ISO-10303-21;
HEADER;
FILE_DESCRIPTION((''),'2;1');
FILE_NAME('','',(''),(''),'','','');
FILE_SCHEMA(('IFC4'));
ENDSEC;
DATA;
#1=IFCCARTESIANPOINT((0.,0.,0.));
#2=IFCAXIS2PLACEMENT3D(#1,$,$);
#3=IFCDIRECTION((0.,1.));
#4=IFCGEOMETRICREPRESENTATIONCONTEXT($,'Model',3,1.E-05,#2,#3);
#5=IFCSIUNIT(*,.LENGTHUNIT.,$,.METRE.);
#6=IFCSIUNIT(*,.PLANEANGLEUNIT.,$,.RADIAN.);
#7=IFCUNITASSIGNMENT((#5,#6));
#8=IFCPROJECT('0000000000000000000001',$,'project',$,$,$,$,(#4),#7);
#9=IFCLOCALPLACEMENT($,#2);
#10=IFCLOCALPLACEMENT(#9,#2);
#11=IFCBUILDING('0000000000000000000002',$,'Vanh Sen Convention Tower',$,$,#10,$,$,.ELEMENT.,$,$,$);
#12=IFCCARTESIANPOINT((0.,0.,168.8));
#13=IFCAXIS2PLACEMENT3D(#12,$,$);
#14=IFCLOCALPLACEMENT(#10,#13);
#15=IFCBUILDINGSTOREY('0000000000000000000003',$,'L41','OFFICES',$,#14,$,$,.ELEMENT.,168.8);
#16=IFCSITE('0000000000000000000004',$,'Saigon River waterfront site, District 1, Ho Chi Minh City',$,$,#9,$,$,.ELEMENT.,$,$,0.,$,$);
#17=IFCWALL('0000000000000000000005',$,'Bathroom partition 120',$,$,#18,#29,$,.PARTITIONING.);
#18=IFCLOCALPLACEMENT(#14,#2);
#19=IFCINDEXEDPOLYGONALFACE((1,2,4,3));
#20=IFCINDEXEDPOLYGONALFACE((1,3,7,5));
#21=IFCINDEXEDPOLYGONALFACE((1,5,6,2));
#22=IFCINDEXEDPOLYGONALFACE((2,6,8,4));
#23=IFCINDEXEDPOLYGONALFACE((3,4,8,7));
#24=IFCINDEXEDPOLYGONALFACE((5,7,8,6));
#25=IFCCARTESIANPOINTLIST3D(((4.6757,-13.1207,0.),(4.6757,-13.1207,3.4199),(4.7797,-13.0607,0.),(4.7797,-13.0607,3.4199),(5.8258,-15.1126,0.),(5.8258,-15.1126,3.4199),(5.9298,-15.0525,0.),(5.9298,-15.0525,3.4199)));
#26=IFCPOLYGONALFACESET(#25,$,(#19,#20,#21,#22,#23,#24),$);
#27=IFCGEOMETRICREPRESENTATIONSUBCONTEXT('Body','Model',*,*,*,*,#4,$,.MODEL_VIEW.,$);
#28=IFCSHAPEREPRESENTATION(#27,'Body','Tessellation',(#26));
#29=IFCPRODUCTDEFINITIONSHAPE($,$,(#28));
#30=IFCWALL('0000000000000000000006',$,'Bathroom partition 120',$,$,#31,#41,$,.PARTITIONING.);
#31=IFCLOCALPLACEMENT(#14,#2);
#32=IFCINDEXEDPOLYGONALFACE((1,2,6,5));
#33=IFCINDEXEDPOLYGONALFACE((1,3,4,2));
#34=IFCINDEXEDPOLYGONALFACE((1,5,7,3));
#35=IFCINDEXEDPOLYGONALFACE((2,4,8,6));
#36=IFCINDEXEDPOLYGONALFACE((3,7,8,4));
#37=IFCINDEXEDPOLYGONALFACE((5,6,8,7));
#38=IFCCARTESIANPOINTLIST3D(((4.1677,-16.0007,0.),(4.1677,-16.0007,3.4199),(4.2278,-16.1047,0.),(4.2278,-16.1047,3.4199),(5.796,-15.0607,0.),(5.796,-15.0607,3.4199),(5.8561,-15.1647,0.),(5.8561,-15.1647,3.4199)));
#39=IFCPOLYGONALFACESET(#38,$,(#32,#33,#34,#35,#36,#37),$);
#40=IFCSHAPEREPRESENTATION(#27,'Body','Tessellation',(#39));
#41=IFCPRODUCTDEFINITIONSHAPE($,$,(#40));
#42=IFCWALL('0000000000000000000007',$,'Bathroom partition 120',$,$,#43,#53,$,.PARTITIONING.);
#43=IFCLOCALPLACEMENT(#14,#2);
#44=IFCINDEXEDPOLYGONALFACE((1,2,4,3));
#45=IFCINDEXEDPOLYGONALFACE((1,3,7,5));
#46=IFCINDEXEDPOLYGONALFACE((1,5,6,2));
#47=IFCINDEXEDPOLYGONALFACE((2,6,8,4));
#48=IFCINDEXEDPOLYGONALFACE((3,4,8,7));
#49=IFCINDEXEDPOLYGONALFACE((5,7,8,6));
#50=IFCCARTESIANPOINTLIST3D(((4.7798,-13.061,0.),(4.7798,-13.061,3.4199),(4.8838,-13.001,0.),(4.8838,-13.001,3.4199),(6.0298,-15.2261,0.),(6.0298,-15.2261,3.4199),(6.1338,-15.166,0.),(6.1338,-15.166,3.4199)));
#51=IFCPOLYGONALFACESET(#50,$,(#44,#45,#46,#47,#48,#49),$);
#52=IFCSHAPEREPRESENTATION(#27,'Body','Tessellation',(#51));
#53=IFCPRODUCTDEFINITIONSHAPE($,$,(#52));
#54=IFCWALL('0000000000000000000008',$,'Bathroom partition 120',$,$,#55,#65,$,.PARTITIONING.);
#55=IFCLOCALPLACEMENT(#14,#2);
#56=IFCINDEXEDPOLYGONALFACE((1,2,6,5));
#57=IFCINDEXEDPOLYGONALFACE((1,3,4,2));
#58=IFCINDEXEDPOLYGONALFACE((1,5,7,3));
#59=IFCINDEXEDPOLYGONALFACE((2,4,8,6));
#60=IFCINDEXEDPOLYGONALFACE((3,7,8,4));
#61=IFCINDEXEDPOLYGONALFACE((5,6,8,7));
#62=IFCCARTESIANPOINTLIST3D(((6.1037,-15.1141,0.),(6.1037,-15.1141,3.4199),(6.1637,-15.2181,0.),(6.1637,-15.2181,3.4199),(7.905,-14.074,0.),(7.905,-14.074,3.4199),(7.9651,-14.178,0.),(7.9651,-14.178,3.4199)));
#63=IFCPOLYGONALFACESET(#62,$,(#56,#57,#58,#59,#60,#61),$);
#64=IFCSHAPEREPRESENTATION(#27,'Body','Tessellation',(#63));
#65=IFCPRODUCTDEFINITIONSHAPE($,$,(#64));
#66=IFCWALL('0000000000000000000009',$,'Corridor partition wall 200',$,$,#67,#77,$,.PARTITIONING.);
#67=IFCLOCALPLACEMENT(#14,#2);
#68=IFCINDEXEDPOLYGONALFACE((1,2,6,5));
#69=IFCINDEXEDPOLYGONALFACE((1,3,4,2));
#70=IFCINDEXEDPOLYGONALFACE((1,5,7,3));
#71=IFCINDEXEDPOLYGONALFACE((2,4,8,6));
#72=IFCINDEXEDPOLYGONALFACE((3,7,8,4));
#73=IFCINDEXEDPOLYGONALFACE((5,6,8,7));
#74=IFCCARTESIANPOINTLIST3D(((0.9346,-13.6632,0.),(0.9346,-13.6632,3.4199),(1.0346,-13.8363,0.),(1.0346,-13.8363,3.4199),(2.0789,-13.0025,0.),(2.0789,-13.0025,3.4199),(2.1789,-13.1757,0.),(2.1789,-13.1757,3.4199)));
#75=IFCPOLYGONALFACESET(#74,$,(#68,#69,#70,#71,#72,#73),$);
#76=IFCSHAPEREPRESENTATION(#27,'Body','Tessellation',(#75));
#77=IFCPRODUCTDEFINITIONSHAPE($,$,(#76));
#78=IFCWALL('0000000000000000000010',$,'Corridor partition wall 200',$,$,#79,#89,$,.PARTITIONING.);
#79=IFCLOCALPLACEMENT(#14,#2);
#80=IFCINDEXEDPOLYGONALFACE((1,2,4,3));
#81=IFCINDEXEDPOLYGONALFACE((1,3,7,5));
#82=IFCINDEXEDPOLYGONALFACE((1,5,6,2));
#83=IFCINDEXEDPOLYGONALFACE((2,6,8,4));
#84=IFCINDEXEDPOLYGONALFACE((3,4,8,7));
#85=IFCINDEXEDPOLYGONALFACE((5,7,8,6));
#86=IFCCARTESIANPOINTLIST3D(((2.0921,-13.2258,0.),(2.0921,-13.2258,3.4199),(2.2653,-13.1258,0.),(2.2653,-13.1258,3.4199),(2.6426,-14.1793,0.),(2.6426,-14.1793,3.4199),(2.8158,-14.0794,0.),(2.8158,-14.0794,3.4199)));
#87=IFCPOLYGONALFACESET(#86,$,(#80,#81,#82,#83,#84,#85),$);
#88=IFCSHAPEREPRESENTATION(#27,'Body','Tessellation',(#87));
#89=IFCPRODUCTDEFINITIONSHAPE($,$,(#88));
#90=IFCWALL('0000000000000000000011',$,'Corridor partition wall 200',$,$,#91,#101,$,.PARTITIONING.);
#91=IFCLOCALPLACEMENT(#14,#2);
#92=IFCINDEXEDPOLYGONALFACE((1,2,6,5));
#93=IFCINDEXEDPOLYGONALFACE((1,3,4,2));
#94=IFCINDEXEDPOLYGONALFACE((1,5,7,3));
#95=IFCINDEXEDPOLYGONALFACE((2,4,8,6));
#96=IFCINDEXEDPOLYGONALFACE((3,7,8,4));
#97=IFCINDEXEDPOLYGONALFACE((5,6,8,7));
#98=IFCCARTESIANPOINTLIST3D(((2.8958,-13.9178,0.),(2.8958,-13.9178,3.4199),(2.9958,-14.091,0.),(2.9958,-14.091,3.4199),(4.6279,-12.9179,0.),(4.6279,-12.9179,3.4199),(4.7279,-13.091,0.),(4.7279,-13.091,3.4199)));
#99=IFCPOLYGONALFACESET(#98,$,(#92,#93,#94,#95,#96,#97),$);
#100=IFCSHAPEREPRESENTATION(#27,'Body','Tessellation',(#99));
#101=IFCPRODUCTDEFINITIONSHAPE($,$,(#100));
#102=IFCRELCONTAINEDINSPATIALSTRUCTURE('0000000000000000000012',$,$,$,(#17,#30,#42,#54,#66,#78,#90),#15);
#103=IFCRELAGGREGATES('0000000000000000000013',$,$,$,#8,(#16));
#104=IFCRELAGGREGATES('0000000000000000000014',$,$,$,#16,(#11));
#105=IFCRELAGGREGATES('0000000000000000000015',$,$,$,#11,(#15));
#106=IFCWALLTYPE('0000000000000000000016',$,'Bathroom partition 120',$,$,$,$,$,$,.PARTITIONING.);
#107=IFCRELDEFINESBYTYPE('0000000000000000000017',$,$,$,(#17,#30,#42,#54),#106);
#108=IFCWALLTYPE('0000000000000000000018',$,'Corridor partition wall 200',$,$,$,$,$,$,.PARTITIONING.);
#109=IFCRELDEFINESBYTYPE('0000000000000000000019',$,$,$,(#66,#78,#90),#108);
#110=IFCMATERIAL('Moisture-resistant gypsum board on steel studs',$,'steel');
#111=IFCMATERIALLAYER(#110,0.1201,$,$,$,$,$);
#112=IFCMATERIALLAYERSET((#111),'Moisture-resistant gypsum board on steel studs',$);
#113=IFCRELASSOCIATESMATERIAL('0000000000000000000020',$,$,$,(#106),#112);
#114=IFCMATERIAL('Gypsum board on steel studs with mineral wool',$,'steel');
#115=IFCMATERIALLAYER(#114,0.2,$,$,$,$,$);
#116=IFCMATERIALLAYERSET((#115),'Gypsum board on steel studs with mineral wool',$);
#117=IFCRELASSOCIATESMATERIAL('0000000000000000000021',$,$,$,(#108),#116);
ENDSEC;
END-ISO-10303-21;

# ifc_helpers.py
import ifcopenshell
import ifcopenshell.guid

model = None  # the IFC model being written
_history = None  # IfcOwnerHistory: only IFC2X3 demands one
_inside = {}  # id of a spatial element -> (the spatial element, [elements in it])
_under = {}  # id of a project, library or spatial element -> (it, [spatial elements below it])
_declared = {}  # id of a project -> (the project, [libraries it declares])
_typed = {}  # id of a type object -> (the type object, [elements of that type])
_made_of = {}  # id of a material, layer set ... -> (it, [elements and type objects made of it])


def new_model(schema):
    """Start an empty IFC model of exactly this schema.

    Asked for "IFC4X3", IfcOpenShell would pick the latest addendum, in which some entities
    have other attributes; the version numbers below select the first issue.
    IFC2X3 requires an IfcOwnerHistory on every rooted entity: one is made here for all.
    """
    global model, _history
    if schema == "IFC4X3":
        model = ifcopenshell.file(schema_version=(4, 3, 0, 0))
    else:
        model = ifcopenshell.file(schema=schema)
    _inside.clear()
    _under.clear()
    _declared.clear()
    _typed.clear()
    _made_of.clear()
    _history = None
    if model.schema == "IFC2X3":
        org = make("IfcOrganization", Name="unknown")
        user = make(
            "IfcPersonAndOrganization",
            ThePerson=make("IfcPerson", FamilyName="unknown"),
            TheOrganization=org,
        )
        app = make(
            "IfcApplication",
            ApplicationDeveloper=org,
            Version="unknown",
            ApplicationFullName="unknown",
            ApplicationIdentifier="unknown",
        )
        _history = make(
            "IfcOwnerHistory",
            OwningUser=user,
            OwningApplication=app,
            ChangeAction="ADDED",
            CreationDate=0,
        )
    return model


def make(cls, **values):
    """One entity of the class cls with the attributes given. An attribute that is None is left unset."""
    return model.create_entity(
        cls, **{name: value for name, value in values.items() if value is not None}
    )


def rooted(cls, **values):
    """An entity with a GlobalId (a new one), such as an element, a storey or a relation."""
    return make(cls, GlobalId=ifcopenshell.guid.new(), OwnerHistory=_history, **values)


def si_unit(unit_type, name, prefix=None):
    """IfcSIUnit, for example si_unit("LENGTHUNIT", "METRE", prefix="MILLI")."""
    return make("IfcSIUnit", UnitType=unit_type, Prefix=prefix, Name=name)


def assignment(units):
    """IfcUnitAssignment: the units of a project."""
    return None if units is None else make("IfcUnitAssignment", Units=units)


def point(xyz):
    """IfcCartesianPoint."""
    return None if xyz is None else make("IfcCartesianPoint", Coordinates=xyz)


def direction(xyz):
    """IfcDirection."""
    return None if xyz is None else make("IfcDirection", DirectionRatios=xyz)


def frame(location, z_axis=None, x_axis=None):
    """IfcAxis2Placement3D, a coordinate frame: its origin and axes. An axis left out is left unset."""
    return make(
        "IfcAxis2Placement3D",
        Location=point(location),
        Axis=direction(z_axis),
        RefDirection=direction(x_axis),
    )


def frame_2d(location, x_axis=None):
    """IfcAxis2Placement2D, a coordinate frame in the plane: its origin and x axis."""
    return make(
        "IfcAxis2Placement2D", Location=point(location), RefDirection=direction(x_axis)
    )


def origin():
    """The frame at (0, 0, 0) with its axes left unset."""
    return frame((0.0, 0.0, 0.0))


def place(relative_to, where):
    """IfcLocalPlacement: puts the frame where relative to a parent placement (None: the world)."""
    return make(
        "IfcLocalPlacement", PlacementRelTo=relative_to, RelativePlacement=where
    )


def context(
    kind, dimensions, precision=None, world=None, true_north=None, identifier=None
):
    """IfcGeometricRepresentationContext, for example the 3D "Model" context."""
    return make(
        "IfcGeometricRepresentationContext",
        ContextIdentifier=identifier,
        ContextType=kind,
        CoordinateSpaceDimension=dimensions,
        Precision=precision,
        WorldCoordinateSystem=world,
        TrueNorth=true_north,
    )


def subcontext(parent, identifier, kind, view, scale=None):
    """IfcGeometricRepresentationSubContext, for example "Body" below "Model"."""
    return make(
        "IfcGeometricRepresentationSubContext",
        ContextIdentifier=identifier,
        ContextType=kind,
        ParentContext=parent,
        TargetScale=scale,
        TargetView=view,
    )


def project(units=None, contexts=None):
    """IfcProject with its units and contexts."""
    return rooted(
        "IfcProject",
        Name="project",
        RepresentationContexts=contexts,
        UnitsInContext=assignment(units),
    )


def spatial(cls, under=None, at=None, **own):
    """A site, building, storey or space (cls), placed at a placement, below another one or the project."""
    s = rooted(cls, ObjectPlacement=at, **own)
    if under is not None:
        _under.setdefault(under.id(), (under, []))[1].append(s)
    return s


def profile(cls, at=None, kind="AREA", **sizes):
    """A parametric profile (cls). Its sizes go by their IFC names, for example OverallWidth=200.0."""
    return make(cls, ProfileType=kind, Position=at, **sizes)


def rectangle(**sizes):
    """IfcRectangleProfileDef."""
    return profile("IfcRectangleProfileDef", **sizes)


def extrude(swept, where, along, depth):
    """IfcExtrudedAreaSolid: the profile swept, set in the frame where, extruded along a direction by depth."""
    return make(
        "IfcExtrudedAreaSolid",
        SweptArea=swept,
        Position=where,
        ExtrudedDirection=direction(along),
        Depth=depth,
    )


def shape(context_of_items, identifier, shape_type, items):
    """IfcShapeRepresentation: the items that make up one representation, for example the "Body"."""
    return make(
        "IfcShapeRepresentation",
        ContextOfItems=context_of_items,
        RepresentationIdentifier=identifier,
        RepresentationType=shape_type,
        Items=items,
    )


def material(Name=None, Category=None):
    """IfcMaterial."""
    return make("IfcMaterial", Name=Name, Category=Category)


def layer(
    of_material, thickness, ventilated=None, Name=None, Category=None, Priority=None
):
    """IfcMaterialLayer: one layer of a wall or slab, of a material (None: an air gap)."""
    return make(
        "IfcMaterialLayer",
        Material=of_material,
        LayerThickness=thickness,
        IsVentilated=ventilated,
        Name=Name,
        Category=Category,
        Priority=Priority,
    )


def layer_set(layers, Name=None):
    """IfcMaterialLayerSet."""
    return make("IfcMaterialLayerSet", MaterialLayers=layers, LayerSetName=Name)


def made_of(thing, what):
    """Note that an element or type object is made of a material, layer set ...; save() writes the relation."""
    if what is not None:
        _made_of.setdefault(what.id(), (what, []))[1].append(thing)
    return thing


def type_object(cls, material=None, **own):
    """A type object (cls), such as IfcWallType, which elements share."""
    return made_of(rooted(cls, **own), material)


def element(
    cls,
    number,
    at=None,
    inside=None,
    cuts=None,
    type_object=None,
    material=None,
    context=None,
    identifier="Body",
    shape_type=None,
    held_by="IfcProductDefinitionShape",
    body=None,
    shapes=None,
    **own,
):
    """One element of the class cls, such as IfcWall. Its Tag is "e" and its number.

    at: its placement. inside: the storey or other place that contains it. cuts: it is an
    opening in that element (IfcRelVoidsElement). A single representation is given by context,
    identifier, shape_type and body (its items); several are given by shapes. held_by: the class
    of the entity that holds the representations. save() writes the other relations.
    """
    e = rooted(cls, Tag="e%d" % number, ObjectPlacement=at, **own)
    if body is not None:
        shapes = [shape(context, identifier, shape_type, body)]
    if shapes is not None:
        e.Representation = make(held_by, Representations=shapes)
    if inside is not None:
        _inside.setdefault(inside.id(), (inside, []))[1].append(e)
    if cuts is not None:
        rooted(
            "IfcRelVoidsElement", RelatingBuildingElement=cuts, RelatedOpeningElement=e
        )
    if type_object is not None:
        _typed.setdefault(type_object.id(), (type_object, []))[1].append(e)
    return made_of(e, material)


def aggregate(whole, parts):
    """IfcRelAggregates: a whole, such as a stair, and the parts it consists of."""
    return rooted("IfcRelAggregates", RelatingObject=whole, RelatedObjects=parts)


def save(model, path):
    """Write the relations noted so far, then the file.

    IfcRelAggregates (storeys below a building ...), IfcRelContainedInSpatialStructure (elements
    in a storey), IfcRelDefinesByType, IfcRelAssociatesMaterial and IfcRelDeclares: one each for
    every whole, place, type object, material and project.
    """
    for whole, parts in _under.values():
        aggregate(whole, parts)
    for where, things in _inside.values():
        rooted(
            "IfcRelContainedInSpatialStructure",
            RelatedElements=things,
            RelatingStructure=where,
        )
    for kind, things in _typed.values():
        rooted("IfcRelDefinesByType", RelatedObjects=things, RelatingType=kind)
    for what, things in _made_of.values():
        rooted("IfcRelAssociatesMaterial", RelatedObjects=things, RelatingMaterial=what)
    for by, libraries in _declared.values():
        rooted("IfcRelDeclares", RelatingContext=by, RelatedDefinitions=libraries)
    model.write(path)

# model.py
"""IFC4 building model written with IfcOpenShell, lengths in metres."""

from ifc_helpers import new_model, si_unit, direction, frame, frame_2d, origin, place, context, subcontext, project, spatial, rectangle, extrude, material, layer, layer_set, type_object, element, save


model = new_model("IFC4")

# Units and contexts
model_context = context("Model", 3, precision=1e-05, world=origin(), true_north=direction((0.0, 1.0)))
body_context = subcontext(model_context, "Body", "Model", "MODEL_VIEW")
ifc_project = project(units=[si_unit("LENGTHUNIT", "METRE"), si_unit("PLANEANGLEUNIT", "RADIAN")], contexts=[model_context])

# Site, building, storey
site_placement = place(None, origin())
site = spatial("IfcSite", under=ifc_project, at=site_placement, Name="Saigon River waterfront site, District 1, Ho Chi Minh City", CompositionType="ELEMENT", RefElevation=0.0)
building_placement = place(site_placement, origin())
building = spatial("IfcBuilding", under=site, at=building_placement, Name="Vanh Sen Convention Tower", CompositionType="ELEMENT")
storey_placement = place(building_placement, frame((0.0, 0.0, 168.8)))
storey = spatial("IfcBuildingStorey", under=building, at=storey_placement, Name="L41", Description="OFFICES", CompositionType="ELEMENT", Elevation=168.8)

# Shared definitions
ifc_material_1 = material(Name="Moisture-resistant gypsum board on steel studs", Category="steel")
ifc_layer_1 = layer(ifc_material_1, 0.1201)
ifc_layer_set_1 = layer_set([ifc_layer_1], Name="Moisture-resistant gypsum board on steel studs")
wall_type_1 = type_object("IfcWallType", Name="Bathroom partition 120", PredefinedType="PARTITIONING", material=ifc_layer_set_1)

# Walls
wall_1_placement = place(storey_placement, frame((4.7278, -13.0908, 0.0), z_axis=(0.0, 0.0, 1.0), x_axis=(0.500032, -0.866007, 0.0)))
element("IfcWall", 1, at=wall_1_placement, inside=storey, type_object=wall_type_1, Name="Bathroom partition 120", PredefinedType="PARTITIONING", context=body_context, shape_type="SweptSolid", body=[
    extrude(rectangle(XDim=2.3, YDim=0.1201, at=frame_2d((1.1499, 0.0))), origin(), (0.0, 0.0, 1.0), 3.4199),
])
wall_2_placement = place(storey_placement, frame((5.8259, -15.1128, 0.0), z_axis=(0.0, 0.0, 1.0), x_axis=(-0.866045, -0.499966, 0.0)))
element("IfcWall", 2, at=wall_2_placement, inside=storey, type_object=wall_type_1, Name="Bathroom partition 120", PredefinedType="PARTITIONING", context=body_context, shape_type="SweptSolid", body=[
    extrude(rectangle(XDim=1.8801, YDim=0.1201, at=frame_2d((0.9399, 0.0))), origin(), (0.0, 0.0, 1.0), 3.4199),
])
wall_3_placement = place(storey_placement, frame((6.0818, -15.196, 0.0), z_axis=(0.0, 0.0, 1.0), x_axis=(-0.500004, 0.866023, 0.0)))
element("IfcWall", 3, at=wall_3_placement, inside=storey, type_object=wall_type_1, Name="Bathroom partition 120", PredefinedType="PARTITIONING", context=body_context, shape_type="SweptSolid", body=[
    extrude(rectangle(XDim=2.5, YDim=0.1201, at=frame_2d((1.25, 0.0))), origin(), (0.0, 0.0, 1.0), 3.4199),
])
wall_4_placement = place(storey_placement, frame((7.9351, -14.126, 0.0), z_axis=(0.0, 0.0, 1.0), x_axis=(-0.86601, -0.500027, 0.0)))
element("IfcWall", 4, at=wall_4_placement, inside=storey, type_object=wall_type_1, Name="Bathroom partition 120", PredefinedType="PARTITIONING", context=body_context, shape_type="SweptSolid", body=[
    extrude(rectangle(XDim=2.0801, YDim=0.1201, at=frame_2d((1.04, 0.0))), origin(), (0.0, 0.0, 1.0), 3.4199),
])
ifc_material_2 = material(Name="Gypsum board on steel studs with mineral wool", Category="steel")
ifc_layer_2 = layer(ifc_material_2, 0.2)
ifc_layer_set_2 = layer_set([ifc_layer_2], Name="Gypsum board on steel studs with mineral wool")
wall_type_2 = type_object("IfcWallType", Name="Corridor partition wall 200", PredefinedType="PARTITIONING", material=ifc_layer_set_2)
wall_5_placement = place(storey_placement, frame((0.9846, -13.7498, 0.0), z_axis=(0.0, 0.0, 1.0), x_axis=(0.866029, 0.499994, 0.0)))
element("IfcWall", 5, at=wall_5_placement, inside=storey, type_object=wall_type_2, Name="Corridor partition wall 200", PredefinedType="PARTITIONING", context=body_context, shape_type="SweptSolid", body=[
    extrude(rectangle(XDim=1.3213, YDim=0.2, at=frame_2d((0.6606, 0.0))), origin(), (0.0, 0.0, 1.0), 3.4199),
])
wall_6_placement = place(storey_placement, frame((2.1787, -13.1758, 0.0), z_axis=(0.0, 0.0, 1.0), x_axis=(0.499978, -0.866038, 0.0)))
element("IfcWall", 6, at=wall_6_placement, inside=storey, type_object=wall_type_2, Name="Corridor partition wall 200", PredefinedType="PARTITIONING", context=body_context, shape_type="SweptSolid", body=[
    extrude(rectangle(XDim=1.1011, YDim=0.2, at=frame_2d((0.5505, 0.0))), origin(), (0.0, 0.0, 1.0), 3.4199),
])
wall_7_placement = place(storey_placement, frame((2.9458, -14.0044, 0.0), z_axis=(0.0, 0.0, 1.0), x_axis=(0.866041, 0.499973, 0.0)))
element("IfcWall", 7, at=wall_7_placement, inside=storey, type_object=wall_type_2, Name="Corridor partition wall 200", PredefinedType="PARTITIONING", context=body_context, shape_type="SweptSolid", body=[
    extrude(rectangle(XDim=2.0, YDim=0.2, at=frame_2d((1.0, 0.0))), origin(), (0.0, 0.0, 1.0), 3.4199),
])

save(model, "model.ifc")
